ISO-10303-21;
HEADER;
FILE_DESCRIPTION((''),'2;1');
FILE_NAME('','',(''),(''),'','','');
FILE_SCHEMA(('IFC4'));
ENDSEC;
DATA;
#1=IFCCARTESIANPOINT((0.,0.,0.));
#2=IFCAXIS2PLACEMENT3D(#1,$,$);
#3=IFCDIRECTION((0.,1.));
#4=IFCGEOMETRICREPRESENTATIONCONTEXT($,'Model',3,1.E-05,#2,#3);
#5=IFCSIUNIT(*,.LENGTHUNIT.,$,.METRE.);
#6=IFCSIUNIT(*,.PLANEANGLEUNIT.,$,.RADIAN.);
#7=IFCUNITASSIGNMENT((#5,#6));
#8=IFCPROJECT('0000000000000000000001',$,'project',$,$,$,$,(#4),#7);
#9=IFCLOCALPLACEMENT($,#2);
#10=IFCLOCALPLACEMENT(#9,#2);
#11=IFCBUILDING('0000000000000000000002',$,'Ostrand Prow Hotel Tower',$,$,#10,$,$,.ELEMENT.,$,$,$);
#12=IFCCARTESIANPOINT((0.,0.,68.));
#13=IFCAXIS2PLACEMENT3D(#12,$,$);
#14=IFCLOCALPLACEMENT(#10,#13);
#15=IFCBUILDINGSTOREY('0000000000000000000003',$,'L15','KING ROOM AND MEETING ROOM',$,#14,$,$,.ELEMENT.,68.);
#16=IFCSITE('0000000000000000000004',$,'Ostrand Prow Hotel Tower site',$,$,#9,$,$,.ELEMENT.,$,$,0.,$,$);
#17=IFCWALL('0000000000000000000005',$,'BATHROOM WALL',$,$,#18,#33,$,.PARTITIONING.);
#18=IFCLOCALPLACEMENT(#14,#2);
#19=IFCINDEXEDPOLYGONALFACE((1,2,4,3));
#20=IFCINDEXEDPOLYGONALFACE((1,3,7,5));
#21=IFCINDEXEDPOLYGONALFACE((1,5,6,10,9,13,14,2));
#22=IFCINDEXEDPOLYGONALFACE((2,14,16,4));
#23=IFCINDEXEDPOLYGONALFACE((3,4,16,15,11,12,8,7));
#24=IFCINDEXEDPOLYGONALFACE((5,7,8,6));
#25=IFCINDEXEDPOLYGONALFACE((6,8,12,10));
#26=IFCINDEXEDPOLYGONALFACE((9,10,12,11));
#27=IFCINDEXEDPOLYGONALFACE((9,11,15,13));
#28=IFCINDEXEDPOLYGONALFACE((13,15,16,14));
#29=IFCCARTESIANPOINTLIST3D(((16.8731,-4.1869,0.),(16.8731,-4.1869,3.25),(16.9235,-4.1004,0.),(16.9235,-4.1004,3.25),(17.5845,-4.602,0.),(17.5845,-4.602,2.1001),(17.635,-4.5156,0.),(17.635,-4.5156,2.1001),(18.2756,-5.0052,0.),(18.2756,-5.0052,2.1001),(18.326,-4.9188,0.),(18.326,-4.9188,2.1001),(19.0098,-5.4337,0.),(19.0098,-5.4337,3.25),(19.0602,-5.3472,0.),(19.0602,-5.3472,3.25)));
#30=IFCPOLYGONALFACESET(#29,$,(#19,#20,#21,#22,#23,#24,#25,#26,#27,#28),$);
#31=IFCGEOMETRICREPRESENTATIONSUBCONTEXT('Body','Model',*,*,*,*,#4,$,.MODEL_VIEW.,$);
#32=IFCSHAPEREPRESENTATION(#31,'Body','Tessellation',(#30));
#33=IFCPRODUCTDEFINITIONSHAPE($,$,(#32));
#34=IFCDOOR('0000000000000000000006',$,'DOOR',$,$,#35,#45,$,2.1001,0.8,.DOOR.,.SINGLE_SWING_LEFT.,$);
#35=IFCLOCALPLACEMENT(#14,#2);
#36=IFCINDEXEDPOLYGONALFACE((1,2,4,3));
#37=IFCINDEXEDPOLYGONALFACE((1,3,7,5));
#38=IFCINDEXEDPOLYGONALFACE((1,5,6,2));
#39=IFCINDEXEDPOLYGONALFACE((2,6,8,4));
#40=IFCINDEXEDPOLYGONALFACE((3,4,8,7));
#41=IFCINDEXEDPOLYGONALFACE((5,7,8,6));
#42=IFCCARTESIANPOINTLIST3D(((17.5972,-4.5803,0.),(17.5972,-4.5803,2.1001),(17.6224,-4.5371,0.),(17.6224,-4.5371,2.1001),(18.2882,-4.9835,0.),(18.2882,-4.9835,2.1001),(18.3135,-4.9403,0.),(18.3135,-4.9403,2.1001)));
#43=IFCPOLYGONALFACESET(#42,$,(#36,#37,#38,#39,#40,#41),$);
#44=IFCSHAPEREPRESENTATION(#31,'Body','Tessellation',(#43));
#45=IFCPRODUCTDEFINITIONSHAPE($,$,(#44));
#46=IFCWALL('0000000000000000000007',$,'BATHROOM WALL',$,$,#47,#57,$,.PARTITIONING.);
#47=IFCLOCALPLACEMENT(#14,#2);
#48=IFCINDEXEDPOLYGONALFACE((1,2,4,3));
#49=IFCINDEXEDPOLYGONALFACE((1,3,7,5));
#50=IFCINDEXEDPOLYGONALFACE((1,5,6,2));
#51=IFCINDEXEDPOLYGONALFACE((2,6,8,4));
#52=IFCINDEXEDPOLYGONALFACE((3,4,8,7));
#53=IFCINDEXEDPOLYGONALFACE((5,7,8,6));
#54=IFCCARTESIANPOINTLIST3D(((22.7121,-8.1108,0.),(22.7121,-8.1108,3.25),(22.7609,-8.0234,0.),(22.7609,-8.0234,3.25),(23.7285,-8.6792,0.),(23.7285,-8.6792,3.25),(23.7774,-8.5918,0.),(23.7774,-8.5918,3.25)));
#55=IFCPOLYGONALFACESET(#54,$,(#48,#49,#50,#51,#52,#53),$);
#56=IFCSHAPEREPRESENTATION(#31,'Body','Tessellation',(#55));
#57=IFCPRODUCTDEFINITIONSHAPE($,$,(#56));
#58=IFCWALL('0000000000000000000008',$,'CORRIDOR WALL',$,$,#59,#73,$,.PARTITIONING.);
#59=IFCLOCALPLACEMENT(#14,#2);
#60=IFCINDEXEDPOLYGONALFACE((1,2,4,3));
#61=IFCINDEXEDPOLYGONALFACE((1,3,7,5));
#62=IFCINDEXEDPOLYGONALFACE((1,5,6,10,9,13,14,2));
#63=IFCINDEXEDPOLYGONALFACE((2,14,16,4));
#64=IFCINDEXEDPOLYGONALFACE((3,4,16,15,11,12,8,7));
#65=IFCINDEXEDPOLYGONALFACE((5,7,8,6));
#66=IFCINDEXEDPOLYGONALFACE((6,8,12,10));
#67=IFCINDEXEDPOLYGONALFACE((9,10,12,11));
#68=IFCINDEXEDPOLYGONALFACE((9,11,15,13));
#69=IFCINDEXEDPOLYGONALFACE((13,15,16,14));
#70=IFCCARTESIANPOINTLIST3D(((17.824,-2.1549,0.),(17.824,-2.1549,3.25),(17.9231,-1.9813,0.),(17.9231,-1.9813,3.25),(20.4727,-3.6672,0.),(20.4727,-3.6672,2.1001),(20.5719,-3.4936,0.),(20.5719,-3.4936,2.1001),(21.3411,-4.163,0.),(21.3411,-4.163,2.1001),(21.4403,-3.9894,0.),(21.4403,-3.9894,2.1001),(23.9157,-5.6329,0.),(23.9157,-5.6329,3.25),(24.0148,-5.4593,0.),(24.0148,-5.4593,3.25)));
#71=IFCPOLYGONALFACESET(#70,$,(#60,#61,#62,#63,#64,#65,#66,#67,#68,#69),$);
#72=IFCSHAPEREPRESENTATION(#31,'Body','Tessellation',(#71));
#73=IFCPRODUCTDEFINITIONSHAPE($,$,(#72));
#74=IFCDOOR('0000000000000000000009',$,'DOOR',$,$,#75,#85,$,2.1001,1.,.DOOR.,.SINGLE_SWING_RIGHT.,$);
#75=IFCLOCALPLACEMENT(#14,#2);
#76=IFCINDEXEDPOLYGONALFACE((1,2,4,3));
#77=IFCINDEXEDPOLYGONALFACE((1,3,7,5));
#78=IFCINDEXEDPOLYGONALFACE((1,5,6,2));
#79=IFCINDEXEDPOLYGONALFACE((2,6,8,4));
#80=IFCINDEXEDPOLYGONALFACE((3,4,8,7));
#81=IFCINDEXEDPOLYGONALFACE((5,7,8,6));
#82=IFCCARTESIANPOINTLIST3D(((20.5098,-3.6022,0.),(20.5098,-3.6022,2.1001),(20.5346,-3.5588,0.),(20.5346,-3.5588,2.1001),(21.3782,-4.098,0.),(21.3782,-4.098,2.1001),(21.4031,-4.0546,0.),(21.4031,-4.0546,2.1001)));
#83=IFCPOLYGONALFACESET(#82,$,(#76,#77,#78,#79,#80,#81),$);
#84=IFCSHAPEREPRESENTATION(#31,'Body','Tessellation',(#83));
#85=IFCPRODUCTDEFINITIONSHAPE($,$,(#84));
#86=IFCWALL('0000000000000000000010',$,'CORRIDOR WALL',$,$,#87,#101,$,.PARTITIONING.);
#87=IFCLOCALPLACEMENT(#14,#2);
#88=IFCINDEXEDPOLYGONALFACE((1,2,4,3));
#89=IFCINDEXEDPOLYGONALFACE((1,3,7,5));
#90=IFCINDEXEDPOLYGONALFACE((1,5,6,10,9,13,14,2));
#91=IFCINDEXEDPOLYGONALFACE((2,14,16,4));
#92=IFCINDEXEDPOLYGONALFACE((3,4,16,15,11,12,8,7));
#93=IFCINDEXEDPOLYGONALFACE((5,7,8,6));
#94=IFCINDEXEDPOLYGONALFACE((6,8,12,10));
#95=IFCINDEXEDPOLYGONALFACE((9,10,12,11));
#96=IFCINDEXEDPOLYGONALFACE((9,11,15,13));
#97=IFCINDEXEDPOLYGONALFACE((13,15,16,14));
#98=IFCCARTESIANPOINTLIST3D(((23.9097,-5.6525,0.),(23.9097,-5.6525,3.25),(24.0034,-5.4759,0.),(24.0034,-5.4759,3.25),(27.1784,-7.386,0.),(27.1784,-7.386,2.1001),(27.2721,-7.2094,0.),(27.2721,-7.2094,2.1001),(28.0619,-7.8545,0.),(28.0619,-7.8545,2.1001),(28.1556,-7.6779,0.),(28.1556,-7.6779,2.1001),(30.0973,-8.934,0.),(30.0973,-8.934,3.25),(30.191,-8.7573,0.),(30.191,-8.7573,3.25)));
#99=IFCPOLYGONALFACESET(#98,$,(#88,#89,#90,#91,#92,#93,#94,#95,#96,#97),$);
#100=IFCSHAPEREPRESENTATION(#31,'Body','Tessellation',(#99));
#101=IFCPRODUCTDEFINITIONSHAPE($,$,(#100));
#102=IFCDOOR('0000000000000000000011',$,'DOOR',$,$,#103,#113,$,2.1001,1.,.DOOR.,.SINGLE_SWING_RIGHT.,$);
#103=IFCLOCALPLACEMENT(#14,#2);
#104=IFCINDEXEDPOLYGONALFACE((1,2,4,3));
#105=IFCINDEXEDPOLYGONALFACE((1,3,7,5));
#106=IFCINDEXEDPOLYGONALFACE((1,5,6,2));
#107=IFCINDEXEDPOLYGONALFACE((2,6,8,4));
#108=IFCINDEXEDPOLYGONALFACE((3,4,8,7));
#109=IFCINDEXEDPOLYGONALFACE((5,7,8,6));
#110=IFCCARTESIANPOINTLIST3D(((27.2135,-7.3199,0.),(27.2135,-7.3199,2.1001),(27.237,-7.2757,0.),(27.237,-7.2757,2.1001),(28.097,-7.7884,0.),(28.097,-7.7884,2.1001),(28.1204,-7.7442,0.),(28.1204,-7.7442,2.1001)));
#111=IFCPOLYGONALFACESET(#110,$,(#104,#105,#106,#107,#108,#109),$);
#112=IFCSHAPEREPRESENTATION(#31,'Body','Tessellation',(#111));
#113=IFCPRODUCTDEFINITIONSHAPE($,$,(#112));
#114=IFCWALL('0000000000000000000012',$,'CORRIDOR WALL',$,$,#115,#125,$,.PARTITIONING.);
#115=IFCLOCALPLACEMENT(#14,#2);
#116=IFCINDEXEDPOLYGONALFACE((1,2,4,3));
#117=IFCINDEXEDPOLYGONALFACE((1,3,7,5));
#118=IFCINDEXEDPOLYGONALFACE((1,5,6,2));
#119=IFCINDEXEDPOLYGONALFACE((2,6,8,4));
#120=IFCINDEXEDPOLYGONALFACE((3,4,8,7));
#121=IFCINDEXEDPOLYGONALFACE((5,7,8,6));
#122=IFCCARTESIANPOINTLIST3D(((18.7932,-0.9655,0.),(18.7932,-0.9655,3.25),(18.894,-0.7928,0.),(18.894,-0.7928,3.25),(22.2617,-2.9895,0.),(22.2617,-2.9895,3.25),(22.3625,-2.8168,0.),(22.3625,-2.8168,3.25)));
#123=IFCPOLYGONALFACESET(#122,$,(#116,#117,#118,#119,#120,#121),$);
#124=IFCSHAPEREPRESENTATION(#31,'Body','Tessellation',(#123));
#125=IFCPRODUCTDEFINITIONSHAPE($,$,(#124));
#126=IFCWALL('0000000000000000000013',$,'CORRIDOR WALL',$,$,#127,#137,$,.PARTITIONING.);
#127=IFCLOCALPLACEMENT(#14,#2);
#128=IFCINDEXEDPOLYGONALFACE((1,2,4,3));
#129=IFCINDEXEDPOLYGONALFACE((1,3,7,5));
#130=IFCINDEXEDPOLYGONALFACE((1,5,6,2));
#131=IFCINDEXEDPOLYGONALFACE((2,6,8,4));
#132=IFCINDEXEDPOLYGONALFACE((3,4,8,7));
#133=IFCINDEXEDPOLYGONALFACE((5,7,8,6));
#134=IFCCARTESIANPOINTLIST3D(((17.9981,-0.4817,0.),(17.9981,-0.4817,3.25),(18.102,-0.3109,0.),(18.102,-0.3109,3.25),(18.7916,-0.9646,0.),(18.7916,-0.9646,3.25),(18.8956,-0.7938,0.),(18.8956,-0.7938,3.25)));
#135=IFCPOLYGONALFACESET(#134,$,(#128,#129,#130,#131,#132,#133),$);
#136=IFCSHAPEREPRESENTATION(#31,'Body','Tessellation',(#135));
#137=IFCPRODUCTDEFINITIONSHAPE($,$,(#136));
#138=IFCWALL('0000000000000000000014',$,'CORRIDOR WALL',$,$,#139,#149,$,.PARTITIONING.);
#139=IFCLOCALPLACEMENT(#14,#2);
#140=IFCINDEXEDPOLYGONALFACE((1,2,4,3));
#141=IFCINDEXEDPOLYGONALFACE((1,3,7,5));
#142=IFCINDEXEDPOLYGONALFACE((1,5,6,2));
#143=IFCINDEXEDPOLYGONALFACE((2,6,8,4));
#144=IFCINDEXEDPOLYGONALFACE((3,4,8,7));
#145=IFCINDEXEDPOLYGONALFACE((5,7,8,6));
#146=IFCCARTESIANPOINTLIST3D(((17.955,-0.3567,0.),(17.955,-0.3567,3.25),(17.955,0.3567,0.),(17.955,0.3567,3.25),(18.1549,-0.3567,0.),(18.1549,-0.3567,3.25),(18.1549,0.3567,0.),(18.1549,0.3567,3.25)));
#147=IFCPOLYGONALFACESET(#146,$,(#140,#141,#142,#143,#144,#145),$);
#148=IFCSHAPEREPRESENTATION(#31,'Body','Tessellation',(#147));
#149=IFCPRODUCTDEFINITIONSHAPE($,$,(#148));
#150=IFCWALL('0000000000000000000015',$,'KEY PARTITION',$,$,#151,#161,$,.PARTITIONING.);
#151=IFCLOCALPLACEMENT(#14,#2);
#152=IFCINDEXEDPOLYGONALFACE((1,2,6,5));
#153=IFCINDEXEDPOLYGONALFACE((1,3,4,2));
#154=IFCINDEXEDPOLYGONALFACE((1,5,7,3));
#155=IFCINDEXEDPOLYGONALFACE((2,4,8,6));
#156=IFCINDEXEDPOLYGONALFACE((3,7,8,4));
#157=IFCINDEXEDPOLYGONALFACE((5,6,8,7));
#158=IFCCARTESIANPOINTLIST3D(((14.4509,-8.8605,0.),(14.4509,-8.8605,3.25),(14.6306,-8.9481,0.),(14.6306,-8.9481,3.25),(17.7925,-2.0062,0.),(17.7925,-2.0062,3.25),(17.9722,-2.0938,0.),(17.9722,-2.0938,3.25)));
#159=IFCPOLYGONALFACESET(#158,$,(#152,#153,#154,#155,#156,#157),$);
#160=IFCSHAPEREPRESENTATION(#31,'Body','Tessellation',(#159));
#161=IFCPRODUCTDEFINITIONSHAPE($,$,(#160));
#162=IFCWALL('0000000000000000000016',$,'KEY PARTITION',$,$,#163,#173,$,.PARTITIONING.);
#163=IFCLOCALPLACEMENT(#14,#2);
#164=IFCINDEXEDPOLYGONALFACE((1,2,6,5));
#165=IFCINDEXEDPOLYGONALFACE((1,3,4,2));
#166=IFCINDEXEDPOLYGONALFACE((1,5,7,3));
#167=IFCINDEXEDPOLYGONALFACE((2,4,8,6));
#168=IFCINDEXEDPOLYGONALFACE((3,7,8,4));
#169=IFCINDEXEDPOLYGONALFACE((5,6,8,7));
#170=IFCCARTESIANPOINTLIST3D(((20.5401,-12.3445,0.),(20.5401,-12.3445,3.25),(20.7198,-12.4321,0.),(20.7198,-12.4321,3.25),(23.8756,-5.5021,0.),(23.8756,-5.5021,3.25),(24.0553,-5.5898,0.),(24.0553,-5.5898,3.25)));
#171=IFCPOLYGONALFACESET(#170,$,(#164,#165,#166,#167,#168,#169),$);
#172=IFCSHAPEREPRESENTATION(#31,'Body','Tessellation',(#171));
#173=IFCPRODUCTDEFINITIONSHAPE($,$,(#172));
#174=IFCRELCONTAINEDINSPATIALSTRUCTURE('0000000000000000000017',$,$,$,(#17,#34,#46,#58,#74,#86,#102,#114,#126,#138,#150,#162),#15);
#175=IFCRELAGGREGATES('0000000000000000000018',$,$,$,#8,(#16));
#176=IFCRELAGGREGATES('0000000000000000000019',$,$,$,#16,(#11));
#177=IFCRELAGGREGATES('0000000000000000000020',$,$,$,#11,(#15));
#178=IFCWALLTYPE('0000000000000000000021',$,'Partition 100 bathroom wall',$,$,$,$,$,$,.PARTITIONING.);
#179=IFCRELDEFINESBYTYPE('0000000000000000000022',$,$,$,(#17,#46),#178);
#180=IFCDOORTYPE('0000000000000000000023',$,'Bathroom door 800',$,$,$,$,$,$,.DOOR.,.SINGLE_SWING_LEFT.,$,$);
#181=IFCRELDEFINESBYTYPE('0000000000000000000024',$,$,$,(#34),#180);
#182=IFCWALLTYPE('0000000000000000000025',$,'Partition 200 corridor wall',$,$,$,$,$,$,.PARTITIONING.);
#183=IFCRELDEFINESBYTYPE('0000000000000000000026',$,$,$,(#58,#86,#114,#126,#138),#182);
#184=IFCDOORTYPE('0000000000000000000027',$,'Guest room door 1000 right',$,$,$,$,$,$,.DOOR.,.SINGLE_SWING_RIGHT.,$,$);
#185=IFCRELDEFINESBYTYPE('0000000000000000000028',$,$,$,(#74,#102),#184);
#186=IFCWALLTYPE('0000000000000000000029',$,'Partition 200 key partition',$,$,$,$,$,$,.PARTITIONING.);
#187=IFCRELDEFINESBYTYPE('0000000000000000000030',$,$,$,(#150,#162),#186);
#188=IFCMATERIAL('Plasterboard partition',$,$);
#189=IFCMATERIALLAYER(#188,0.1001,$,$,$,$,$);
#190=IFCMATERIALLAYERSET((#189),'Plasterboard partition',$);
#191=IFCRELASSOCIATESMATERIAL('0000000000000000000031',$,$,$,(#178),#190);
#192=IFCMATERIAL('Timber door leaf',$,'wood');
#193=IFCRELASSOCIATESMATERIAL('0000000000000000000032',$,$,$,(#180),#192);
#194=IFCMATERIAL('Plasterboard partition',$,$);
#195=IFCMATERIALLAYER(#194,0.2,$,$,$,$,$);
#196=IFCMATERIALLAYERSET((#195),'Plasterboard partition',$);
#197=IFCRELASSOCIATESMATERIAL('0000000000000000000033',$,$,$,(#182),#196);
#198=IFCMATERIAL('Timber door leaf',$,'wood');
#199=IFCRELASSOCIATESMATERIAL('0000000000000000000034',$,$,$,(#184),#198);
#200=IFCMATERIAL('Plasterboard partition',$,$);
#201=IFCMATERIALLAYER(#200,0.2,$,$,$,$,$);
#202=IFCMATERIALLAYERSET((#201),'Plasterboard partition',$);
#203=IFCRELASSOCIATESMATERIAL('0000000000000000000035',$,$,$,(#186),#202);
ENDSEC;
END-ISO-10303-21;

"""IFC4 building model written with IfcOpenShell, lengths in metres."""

from ifc_helpers import new_model, si_unit, direction, frame, frame_2d, origin, place, context, subcontext, project, spatial, rectangle, extrude, material, layer, layer_set, type_object, element, fill, save


model = new_model("IFC4")

# Units and contexts
model_context = context("Model", 3, precision=1e-05, world=origin(), true_north=direction((0.0, 1.0)))
body_context = subcontext(model_context, "Body", "Model", "MODEL_VIEW")
ifc_project = project(units=[si_unit("LENGTHUNIT", "METRE"), si_unit("PLANEANGLEUNIT", "RADIAN")], contexts=[model_context])

# Site, building, storey
site_placement = place(None, origin())
site = spatial("IfcSite", under=ifc_project, at=site_placement, Name="Ostrand Prow Hotel Tower site", CompositionType="ELEMENT", RefElevation=0.0)
building_placement = place(site_placement, origin())
building = spatial("IfcBuilding", under=site, at=building_placement, Name="Ostrand Prow Hotel Tower", CompositionType="ELEMENT")
storey_placement = place(building_placement, frame((0.0, 0.0, 68.0)))
storey = spatial("IfcBuildingStorey", under=building, at=storey_placement, Name="L15", Description="KING ROOM AND MEETING ROOM", CompositionType="ELEMENT", Elevation=68.0)

# Shared definitions
ifc_material_1 = material(Name="Plasterboard partition")
ifc_layer_1 = layer(ifc_material_1, 0.1001)
ifc_layer_set_1 = layer_set([ifc_layer_1], Name="Plasterboard partition")
wall_type_1 = type_object("IfcWallType", Name="Partition 100 bathroom wall", PredefinedType="PARTITIONING", material=ifc_layer_set_1)

# Wall, opening, door
wall_1_placement = place(storey_placement, frame((19.0349, -5.3904, 0.0), z_axis=(0.0, 0.0, 1.0), x_axis=(-0.863707, 0.503994, 0.0)))
wall_1 = element("IfcWall", 1, at=wall_1_placement, inside=storey, type_object=wall_type_1, Name="BATHROOM WALL", PredefinedType="PARTITIONING", context=body_context, shape_type="SweptSolid", body=[
    extrude(rectangle(XDim=2.4739, YDim=0.1001, at=frame_2d((1.2368, 0.0))), origin(), (0.0, 0.0, 1.0), 3.25),
])
opening_1_placement = place(wall_1_placement, frame((0.8501, 0.0, 0.0)))
opening_1 = element("IfcOpeningElement", 2, at=opening_1_placement, cuts=wall_1, PredefinedType="OPENING", context=body_context, shape_type="SweptSolid", body=[
    extrude(rectangle(XDim=0.8, YDim=2.1001, at=frame_2d((0.3999, 1.05))), frame((0.0, 0.0601, 0.0), z_axis=(0.0, -1.0, 0.0), x_axis=(1.0, 0.0, 0.0)), (0.0, 0.0, 1.0), 0.1201),
])
ifc_material_2 = material(Name="Timber door leaf", Category="wood")
door_type_1 = type_object("IfcDoorType", Name="Bathroom door 800", OperationType="SINGLE_SWING_LEFT", PredefinedType="DOOR", material=ifc_material_2)
door_1_placement = place(opening_1_placement, origin())
door_1 = element("IfcDoor", 3, at=door_1_placement, inside=storey, type_object=door_type_1, Name="DOOR", OperationType="SINGLE_SWING_LEFT", OverallHeight=2.1001, OverallWidth=0.8, PredefinedType="DOOR", context=body_context, shape_type="SweptSolid", body=[
    extrude(rectangle(XDim=0.8, YDim=2.1001, at=frame_2d((0.3999, 1.05))), frame((0.0, 0.0249, 0.0), z_axis=(0.0, -1.0, 0.0), x_axis=(1.0, 0.0, 0.0)), (0.0, 0.0, 1.0), 0.05),
])
fill(opening_1, door_1)

# Wall
wall_2_placement = place(storey_placement, frame((23.7529, -8.6355, 0.0), z_axis=(0.0, 0.0, 1.0), x_axis=(-0.872799, 0.48808, 0.0)))
element("IfcWall", 4, at=wall_2_placement, inside=storey, type_object=wall_type_1, Name="BATHROOM WALL", PredefinedType="PARTITIONING", context=body_context, shape_type="SweptSolid", body=[
    extrude(rectangle(XDim=1.1646, YDim=0.1001, at=frame_2d((0.5823, 0.0))), origin(), (0.0, 0.0, 1.0), 3.25),
])

# Walls, openings, doors
ifc_material_3 = material(Name="Plasterboard partition")
ifc_layer_2 = layer(ifc_material_3, 0.2)
ifc_layer_set_2 = layer_set([ifc_layer_2], Name="Plasterboard partition")
wall_type_2 = type_object("IfcWallType", Name="Partition 200 corridor wall", PredefinedType="PARTITIONING", material=ifc_layer_set_2)
wall_3_placement = place(storey_placement, frame((17.8735, -2.0681, 0.0), z_axis=(0.0, 0.0, 1.0), x_axis=(0.868427, -0.495817, 0.0)))
wall_3 = element("IfcWall", 5, at=wall_3_placement, inside=storey, type_object=wall_type_2, Name="CORRIDOR WALL", PredefinedType="PARTITIONING", context=body_context, shape_type="SweptSolid", body=[
    extrude(rectangle(XDim=7.0146, YDim=0.2, at=frame_2d((3.5073, 0.0))), origin(), (0.0, 0.0, 1.0), 3.25),
])
opening_2_placement = place(wall_3_placement, frame((3.05, 0.0, 0.0)))
opening_2 = element("IfcOpeningElement", 6, at=opening_2_placement, cuts=wall_3, PredefinedType="OPENING", context=body_context, shape_type="SweptSolid", body=[
    extrude(rectangle(XDim=1.0, YDim=2.1001, at=frame_2d((0.5, 1.05))), frame((0.0, 0.1099, 0.0), z_axis=(0.0, -1.0, 0.0), x_axis=(1.0, 0.0, 0.0)), (0.0, 0.0, 1.0), 0.22),
])
ifc_material_4 = material(Name="Timber door leaf", Category="wood")
door_type_2 = type_object("IfcDoorType", Name="Guest room door 1000 right", OperationType="SINGLE_SWING_RIGHT", PredefinedType="DOOR", material=ifc_material_4)
door_2_placement = place(opening_2_placement, origin())
door_2 = element("IfcDoor", 7, at=door_2_placement, inside=storey, type_object=door_type_2, Name="DOOR", OperationType="SINGLE_SWING_RIGHT", OverallHeight=2.1001, OverallWidth=1.0, PredefinedType="DOOR", context=body_context, shape_type="SweptSolid", body=[
    extrude(rectangle(XDim=1.0, YDim=2.1001, at=frame_2d((0.5, 1.05))), frame((0.0, 0.0249, 0.0), z_axis=(0.0, -1.0, 0.0), x_axis=(1.0, 0.0, 0.0)), (0.0, 0.0, 1.0), 0.05),
])
fill(opening_2, door_2)
wall_4_placement = place(storey_placement, frame((23.9565, -5.5642, 0.0), z_axis=(0.0, 0.0, 1.0), x_axis=(0.883455, -0.468515, 0.0)))
wall_4 = element("IfcWall", 8, at=wall_4_placement, inside=storey, type_object=wall_type_2, Name="CORRIDOR WALL", PredefinedType="PARTITIONING", context=body_context, shape_type="SweptSolid", body=[
    extrude(rectangle(XDim=7.0039, YDim=0.2, at=frame_2d((3.502, 0.0))), origin(), (0.0, 0.0, 1.0), 3.25),
])
opening_3_placement = place(wall_4_placement, frame((3.7, 0.0, 0.0)))
opening_3 = element("IfcOpeningElement", 9, at=opening_3_placement, cuts=wall_4, PredefinedType="OPENING", context=body_context, shape_type="SweptSolid", body=[
    extrude(rectangle(XDim=1.0, YDim=2.1001, at=frame_2d((0.5, 1.05))), frame((0.0, 0.1099, 0.0), z_axis=(0.0, -1.0, 0.0), x_axis=(1.0, 0.0, 0.0)), (0.0, 0.0, 1.0), 0.22),
])
door_3_placement = place(opening_3_placement, origin())
door_3 = element("IfcDoor", 10, at=door_3_placement, inside=storey, type_object=door_type_2, Name="DOOR", OperationType="SINGLE_SWING_RIGHT", OverallHeight=2.1001, OverallWidth=1.0, PredefinedType="DOOR", context=body_context, shape_type="SweptSolid", body=[
    extrude(rectangle(XDim=1.0, YDim=2.1001, at=frame_2d((0.5, 1.05))), frame((0.0, 0.0249, 0.0), z_axis=(0.0, -1.0, 0.0), x_axis=(1.0, 0.0, 0.0)), (0.0, 0.0, 1.0), 0.05),
])
fill(opening_3, door_3)

# Walls
wall_5_placement = place(storey_placement, frame((22.312, -2.9031, 0.0), z_axis=(0.0, 0.0, 1.0), x_axis=(-0.863711, 0.503988, 0.0)))
element("IfcWall", 11, at=wall_5_placement, inside=storey, type_object=wall_type_2, Name="CORRIDOR WALL", PredefinedType="PARTITIONING", context=body_context, shape_type="SweptSolid", body=[
    extrude(rectangle(XDim=4.0159, YDim=0.2, at=frame_2d((2.0078, 0.0))), origin(), (0.0, 0.0, 1.0), 3.25),
])
wall_6_placement = place(storey_placement, frame((18.8435, -0.8792, 0.0), z_axis=(0.0, 0.0, 1.0), x_axis=(-0.854229, 0.519897, 0.0)))
element("IfcWall", 12, at=wall_6_placement, inside=storey, type_object=wall_type_2, Name="CORRIDOR WALL", PredefinedType="PARTITIONING", context=body_context, shape_type="SweptSolid", body=[
    extrude(rectangle(XDim=0.929, YDim=0.2, at=frame_2d((0.4644, 0.0))), origin(), (0.0, 0.0, 1.0), 3.25),
])
wall_7_placement = place(storey_placement, frame((18.0549, -0.3567, 0.0), z_axis=(0.0, 0.0, 1.0), x_axis=(0.0, 1.0, 0.0)))
element("IfcWall", 13, at=wall_7_placement, inside=storey, type_object=wall_type_2, Name="CORRIDOR WALL", PredefinedType="PARTITIONING", context=body_context, shape_type="SweptSolid", body=[
    extrude(rectangle(XDim=0.7134, YDim=0.2, at=frame_2d((0.3567, 0.0))), origin(), (0.0, 0.0, 1.0), 3.25),
])
ifc_material_5 = material(Name="Plasterboard partition")
ifc_layer_3 = layer(ifc_material_5, 0.2)
ifc_layer_set_3 = layer_set([ifc_layer_3], Name="Plasterboard partition")
wall_type_3 = type_object("IfcWallType", Name="Partition 200 key partition", PredefinedType="PARTITIONING", material=ifc_layer_set_3)
wall_8_placement = place(storey_placement, frame((14.5408, -8.9043, 0.0), z_axis=(0.0, 0.0, 1.0), x_axis=(0.438214, 0.898871, 0.0)))
element("IfcWall", 14, at=wall_8_placement, inside=storey, type_object=wall_type_3, Name="KEY PARTITION", PredefinedType="PARTITIONING", context=body_context, shape_type="SweptSolid", body=[
    extrude(rectangle(XDim=7.6255, YDim=0.2, at=frame_2d((3.8127, 0.0))), origin(), (0.0, 0.0, 1.0), 3.25),
])
wall_9_placement = place(storey_placement, frame((20.6299, -12.3884, 0.0), z_axis=(0.0, 0.0, 1.0), x_axis=(0.438185, 0.898885, 0.0)))
element("IfcWall", 15, at=wall_9_placement, inside=storey, type_object=wall_type_3, Name="KEY PARTITION", PredefinedType="PARTITIONING", context=body_context, shape_type="SweptSolid", body=[
    extrude(rectangle(XDim=7.6121, YDim=0.2, at=frame_2d((3.8062, 0.0))), origin(), (0.0, 0.0, 1.0), 3.25),
])

save(model, "model.ifc")
